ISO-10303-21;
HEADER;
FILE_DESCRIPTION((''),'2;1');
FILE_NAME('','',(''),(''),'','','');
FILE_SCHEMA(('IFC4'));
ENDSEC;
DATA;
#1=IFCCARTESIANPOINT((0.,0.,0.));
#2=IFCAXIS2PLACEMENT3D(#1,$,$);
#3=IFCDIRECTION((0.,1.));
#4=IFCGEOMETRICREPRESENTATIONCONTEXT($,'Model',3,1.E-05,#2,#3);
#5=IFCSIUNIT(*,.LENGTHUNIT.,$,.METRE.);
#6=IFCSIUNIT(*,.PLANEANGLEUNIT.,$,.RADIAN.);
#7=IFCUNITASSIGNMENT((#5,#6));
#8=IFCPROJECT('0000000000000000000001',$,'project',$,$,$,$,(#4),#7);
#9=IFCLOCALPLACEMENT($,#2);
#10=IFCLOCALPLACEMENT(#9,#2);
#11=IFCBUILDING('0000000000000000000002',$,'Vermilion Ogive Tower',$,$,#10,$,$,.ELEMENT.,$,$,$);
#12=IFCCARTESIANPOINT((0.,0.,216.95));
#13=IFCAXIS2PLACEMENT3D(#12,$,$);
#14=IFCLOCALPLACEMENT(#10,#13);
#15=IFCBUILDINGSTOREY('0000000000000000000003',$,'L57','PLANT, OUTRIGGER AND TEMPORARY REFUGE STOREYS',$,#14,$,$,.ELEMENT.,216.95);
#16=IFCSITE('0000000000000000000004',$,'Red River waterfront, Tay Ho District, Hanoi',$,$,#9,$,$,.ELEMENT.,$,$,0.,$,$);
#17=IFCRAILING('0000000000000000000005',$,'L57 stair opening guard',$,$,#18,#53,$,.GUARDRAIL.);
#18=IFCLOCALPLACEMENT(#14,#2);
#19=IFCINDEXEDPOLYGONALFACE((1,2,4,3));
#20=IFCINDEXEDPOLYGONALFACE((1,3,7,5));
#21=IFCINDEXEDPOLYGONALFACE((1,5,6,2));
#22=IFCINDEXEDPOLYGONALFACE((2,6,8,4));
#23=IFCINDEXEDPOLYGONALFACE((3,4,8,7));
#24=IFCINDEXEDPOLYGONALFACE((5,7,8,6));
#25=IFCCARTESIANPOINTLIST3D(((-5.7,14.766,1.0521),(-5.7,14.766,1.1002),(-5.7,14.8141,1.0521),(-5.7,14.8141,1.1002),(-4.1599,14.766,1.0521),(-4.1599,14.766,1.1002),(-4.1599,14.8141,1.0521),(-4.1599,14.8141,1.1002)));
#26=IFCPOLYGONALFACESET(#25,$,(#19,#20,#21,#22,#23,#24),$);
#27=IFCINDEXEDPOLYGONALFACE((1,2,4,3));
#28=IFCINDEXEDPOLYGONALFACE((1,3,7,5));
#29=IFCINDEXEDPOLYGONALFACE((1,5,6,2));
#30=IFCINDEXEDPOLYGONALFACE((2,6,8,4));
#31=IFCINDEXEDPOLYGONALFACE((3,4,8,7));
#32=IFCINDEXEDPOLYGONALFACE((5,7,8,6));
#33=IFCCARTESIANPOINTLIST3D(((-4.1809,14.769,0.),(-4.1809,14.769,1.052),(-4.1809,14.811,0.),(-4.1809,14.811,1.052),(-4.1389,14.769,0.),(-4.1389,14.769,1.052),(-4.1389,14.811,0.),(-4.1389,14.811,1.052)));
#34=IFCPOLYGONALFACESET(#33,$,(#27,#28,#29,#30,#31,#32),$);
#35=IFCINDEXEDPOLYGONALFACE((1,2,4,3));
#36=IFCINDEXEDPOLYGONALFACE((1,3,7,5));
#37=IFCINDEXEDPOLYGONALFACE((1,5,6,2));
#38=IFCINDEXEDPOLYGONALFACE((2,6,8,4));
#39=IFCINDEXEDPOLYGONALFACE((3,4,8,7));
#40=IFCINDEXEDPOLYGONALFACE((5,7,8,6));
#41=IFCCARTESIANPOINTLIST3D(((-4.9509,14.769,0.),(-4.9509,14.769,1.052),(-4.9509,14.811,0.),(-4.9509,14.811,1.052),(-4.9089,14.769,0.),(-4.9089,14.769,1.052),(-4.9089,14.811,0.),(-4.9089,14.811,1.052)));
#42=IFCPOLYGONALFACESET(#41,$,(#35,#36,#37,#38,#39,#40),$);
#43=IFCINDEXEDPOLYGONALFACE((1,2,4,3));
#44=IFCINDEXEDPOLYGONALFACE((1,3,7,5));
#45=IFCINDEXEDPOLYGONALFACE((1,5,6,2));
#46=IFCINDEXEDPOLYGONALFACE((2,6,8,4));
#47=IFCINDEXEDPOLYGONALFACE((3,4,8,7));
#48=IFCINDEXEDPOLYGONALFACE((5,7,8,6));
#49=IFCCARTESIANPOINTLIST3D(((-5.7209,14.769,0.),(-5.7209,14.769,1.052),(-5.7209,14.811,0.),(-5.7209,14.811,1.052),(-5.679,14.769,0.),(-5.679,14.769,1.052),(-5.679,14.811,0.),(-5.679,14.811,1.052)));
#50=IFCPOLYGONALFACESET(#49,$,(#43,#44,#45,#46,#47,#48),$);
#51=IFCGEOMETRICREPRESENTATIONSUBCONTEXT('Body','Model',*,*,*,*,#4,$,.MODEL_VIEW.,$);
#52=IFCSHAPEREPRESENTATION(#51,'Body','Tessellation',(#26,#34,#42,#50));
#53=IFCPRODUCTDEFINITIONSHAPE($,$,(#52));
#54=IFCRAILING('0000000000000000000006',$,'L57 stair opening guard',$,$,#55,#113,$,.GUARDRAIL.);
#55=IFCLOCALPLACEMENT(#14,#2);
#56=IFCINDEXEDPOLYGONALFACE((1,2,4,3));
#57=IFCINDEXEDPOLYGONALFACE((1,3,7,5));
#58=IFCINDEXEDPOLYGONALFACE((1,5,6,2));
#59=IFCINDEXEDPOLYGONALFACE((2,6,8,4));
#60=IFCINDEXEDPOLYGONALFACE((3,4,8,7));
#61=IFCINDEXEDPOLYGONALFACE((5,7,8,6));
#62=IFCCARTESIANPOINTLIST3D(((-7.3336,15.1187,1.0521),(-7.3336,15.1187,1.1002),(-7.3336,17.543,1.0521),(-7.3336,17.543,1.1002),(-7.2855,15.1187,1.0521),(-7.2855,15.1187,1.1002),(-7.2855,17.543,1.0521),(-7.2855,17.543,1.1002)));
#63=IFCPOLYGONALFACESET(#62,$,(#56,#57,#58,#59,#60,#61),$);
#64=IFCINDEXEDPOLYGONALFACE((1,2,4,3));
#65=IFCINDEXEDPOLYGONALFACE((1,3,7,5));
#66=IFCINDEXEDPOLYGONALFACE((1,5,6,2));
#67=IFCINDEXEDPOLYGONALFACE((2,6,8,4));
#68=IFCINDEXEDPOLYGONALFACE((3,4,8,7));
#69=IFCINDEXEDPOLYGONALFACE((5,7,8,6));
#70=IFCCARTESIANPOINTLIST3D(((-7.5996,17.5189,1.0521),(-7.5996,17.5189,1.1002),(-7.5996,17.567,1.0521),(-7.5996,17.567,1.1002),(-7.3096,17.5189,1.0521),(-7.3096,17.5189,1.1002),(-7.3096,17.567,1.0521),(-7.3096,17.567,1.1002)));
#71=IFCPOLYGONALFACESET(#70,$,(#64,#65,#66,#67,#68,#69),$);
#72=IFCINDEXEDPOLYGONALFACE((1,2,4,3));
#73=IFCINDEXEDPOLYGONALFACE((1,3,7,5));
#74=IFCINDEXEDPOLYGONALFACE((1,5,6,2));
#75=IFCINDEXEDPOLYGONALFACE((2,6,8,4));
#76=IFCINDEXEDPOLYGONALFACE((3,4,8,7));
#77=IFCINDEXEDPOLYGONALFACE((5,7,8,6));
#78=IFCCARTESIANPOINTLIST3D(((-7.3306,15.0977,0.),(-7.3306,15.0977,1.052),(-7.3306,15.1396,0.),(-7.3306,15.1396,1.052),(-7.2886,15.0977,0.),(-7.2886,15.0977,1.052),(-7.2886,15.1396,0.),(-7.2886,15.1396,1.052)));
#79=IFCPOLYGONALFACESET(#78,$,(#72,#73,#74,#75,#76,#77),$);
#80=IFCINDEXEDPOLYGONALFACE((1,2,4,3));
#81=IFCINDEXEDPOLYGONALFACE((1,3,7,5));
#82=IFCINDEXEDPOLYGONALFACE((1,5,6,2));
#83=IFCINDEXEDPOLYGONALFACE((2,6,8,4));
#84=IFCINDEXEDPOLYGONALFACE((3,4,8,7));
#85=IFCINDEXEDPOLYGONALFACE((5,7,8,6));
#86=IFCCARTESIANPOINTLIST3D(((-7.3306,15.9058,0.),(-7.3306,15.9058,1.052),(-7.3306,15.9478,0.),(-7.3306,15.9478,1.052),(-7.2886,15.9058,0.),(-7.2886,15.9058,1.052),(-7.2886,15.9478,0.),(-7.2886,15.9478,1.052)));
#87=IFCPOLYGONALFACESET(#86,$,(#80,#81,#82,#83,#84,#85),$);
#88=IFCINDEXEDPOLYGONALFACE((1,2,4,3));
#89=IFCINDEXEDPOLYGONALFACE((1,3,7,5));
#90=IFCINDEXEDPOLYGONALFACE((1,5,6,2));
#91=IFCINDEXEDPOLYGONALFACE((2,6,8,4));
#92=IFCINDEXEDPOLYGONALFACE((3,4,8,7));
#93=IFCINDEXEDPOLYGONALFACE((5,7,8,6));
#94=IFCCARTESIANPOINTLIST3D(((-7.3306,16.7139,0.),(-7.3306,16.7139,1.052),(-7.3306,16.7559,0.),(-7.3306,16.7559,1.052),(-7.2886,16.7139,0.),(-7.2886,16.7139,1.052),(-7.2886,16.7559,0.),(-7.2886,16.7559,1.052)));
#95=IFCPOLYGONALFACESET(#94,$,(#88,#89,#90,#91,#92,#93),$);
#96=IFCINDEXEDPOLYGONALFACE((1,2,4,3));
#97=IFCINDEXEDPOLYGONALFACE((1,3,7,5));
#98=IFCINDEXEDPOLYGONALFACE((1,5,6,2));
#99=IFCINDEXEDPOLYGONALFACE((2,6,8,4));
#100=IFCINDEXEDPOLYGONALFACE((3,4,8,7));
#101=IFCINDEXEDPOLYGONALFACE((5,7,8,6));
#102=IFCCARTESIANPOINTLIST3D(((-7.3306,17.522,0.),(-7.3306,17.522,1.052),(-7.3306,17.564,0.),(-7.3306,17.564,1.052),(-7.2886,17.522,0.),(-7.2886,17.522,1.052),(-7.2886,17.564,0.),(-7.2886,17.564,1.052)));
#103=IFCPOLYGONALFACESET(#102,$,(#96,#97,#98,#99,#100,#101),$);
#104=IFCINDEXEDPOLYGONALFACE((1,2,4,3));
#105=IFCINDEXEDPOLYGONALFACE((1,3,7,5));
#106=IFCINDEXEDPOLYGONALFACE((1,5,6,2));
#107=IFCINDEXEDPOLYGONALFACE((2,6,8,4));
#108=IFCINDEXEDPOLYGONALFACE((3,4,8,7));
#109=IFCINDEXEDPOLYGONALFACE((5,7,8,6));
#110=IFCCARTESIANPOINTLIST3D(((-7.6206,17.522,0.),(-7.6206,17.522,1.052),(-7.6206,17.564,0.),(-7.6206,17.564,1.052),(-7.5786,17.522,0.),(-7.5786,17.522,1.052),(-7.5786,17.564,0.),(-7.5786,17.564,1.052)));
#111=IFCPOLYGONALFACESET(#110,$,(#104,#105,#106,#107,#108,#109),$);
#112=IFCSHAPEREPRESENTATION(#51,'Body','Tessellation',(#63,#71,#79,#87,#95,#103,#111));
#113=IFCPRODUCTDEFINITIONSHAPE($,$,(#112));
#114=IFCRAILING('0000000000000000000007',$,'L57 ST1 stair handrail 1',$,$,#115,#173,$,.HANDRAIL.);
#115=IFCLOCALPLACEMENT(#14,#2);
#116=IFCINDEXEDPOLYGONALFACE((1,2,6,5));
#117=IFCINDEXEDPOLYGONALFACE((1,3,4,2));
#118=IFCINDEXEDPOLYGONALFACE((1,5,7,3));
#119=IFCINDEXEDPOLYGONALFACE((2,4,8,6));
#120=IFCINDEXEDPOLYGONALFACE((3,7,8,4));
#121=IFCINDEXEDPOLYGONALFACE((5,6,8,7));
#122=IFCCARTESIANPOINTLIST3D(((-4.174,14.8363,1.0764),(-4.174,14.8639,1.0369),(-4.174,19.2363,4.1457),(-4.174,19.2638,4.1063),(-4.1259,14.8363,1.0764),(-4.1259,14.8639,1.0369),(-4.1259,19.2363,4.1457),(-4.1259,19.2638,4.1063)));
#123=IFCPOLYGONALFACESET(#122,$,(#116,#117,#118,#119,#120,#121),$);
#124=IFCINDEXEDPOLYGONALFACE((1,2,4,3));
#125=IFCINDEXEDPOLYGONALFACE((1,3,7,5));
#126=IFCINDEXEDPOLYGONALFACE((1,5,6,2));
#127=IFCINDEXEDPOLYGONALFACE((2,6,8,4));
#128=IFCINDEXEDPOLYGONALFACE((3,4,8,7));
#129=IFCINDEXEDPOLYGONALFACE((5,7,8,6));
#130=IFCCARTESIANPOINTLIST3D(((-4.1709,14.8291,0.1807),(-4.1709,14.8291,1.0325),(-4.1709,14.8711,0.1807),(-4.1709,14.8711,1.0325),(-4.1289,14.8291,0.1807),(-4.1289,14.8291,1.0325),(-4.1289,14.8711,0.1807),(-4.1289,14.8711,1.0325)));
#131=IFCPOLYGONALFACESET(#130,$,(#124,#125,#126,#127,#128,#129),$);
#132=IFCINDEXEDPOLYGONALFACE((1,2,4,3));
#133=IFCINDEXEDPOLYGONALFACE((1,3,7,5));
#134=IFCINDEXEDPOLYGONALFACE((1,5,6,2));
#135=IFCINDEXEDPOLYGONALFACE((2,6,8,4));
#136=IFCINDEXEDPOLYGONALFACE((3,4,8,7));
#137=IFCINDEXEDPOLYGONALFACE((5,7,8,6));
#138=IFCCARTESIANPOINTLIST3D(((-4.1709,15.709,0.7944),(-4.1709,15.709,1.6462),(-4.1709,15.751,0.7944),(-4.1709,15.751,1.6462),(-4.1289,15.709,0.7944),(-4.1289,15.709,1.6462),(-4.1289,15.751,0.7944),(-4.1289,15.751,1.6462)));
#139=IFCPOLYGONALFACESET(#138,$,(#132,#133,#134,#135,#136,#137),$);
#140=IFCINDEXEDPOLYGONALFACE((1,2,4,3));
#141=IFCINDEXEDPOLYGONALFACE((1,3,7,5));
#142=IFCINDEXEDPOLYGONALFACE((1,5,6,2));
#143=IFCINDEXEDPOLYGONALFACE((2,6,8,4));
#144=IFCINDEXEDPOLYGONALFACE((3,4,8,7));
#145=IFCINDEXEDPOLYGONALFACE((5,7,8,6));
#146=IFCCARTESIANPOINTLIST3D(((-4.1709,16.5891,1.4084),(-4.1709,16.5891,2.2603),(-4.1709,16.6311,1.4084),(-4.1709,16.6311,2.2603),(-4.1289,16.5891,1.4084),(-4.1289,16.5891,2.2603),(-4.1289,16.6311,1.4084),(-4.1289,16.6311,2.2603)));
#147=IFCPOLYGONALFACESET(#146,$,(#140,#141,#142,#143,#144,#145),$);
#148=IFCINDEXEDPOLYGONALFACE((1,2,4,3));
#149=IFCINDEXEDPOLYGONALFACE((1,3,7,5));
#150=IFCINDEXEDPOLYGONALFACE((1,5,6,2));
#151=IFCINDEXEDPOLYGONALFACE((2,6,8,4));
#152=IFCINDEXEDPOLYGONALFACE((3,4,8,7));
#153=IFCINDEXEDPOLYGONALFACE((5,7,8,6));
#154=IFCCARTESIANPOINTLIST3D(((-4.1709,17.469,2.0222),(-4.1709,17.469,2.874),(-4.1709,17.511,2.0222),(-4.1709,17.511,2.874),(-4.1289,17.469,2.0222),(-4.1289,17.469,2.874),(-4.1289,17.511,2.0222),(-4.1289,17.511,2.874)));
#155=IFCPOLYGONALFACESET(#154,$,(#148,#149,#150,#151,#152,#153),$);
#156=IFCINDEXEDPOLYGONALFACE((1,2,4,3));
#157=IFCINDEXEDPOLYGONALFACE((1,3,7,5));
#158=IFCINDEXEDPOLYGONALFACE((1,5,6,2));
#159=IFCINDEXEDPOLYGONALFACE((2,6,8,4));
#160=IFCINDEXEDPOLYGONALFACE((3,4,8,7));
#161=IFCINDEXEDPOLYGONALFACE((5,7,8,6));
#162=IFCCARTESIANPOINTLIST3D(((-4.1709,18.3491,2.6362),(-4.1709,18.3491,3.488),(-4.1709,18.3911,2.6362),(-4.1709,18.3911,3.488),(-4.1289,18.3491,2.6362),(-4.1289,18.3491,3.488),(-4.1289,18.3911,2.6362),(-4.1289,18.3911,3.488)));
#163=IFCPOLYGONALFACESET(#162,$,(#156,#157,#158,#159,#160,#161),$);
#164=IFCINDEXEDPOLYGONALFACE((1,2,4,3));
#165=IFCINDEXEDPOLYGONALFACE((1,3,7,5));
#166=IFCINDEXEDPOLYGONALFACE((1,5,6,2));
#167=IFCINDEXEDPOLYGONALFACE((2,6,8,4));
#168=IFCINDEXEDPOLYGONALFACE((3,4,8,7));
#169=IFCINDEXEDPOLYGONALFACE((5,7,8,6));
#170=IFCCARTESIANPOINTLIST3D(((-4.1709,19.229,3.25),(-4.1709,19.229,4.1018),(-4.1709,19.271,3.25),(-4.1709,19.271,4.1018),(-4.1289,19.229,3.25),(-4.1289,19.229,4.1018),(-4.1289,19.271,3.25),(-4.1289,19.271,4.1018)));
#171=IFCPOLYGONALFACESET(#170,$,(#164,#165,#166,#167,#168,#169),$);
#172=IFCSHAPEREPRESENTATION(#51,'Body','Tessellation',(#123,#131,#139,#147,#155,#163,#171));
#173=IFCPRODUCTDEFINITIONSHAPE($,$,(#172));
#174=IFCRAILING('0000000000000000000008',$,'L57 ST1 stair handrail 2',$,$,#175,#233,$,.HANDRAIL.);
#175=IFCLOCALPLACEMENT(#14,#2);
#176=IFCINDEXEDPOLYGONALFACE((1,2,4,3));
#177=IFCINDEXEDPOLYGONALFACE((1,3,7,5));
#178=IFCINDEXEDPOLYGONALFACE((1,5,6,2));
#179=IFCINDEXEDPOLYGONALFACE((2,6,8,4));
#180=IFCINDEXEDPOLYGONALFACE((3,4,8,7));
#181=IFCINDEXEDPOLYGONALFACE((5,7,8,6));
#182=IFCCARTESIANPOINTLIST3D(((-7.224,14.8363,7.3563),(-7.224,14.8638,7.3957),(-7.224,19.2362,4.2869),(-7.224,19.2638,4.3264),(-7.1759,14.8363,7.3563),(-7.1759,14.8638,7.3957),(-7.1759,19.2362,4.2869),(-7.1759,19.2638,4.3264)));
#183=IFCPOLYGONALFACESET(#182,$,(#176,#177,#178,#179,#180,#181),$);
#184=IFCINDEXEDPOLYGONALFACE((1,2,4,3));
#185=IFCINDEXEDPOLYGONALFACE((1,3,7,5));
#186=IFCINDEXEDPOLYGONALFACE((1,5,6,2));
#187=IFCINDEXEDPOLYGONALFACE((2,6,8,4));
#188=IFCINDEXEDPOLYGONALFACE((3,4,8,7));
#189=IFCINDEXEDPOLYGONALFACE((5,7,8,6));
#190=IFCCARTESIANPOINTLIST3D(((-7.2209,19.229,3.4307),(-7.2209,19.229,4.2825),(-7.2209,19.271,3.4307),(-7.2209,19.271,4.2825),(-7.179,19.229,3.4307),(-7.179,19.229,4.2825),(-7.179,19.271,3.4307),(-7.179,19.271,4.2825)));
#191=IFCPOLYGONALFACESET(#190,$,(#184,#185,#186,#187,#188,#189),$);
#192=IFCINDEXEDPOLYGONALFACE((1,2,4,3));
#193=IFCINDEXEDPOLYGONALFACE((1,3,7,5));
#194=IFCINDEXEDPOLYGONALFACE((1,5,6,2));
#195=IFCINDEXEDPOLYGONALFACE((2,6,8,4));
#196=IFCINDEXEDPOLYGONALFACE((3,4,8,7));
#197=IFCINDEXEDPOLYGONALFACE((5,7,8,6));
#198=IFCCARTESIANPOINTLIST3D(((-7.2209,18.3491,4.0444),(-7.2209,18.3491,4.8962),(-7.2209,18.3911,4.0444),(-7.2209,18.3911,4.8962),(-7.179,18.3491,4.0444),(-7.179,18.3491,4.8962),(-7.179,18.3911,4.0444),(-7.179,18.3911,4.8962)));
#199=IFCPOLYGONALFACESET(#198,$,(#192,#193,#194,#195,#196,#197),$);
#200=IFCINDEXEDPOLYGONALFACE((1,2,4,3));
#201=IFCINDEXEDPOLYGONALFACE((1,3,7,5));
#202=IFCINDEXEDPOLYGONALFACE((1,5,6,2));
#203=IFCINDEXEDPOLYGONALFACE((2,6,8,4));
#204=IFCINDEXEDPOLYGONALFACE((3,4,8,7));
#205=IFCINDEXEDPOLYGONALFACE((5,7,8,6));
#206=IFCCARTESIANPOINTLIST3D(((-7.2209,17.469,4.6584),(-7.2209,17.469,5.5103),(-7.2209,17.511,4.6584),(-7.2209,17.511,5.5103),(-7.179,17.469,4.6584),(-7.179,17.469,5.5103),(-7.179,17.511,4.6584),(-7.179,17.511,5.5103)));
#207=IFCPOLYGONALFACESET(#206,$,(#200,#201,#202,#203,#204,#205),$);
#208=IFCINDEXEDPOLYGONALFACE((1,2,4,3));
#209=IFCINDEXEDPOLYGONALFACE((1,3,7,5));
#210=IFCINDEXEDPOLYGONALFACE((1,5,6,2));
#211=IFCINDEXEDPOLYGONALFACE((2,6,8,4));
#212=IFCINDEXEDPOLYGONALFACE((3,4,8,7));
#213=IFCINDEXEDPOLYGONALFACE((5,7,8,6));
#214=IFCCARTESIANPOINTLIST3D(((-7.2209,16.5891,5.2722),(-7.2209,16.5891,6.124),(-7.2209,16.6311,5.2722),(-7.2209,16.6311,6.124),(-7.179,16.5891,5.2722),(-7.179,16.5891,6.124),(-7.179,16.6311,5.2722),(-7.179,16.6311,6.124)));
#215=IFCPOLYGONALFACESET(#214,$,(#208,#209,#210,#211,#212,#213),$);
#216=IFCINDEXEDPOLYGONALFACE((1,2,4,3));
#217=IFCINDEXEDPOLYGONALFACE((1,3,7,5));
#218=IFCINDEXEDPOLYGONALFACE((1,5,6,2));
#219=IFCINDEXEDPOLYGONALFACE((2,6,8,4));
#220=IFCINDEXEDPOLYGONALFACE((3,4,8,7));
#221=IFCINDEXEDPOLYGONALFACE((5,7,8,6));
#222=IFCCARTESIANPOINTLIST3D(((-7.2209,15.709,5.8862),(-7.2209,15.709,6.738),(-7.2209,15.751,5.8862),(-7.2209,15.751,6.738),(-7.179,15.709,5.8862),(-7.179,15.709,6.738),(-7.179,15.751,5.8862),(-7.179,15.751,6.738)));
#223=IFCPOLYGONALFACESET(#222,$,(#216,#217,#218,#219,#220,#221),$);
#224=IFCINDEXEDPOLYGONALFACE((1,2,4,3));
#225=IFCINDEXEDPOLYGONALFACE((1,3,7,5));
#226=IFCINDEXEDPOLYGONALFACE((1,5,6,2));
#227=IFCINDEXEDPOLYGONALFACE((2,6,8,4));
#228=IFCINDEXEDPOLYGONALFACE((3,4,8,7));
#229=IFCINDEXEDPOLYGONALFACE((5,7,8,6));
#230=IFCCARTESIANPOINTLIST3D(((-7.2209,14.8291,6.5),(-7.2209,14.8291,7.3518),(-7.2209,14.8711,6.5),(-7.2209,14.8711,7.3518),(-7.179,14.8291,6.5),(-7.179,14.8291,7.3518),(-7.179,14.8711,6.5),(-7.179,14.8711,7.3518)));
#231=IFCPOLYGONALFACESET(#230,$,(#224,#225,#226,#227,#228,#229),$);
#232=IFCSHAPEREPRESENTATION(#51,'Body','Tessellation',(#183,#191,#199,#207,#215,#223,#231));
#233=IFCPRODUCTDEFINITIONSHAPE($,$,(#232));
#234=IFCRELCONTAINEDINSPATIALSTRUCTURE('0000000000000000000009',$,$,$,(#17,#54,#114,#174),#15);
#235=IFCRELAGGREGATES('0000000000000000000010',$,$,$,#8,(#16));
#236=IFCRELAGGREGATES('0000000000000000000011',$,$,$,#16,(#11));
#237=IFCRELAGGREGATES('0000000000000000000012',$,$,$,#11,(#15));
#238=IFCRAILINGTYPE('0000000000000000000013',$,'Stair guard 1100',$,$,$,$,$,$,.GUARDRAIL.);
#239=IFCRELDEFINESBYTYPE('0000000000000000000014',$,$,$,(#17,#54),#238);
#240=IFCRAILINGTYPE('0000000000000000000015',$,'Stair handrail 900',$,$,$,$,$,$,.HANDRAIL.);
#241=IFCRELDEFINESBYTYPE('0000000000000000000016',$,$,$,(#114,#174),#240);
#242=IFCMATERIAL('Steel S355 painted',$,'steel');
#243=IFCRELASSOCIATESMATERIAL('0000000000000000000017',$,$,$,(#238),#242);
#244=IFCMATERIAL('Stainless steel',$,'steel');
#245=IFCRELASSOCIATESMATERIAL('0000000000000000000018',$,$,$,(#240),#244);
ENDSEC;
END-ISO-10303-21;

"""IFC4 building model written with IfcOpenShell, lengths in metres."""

from ifc_helpers import new_model, si_unit, direction, frame, origin, origin_2d, place, context, subcontext, project, spatial, rectangle, extrude, material, type_object, element, save


model = new_model("IFC4")

# Units and contexts
model_context = context("Model", 3, precision=1e-05, world=origin(), true_north=direction((0.0, 1.0)))
body_context = subcontext(model_context, "Body", "Model", "MODEL_VIEW")
ifc_project = project(units=[si_unit("LENGTHUNIT", "METRE"), si_unit("PLANEANGLEUNIT", "RADIAN")], contexts=[model_context])

# Site, building, storey
site_placement = place(None, origin())
site = spatial("IfcSite", under=ifc_project, at=site_placement, Name="Red River waterfront, Tay Ho District, Hanoi", CompositionType="ELEMENT", RefElevation=0.0)
building_placement = place(site_placement, origin())
building = spatial("IfcBuilding", under=site, at=building_placement, Name="Vermilion Ogive Tower", CompositionType="ELEMENT")
storey_placement = place(building_placement, frame((0.0, 0.0, 216.95)))
storey = spatial("IfcBuildingStorey", under=building, at=storey_placement, Name="L57", Description="PLANT, OUTRIGGER AND TEMPORARY REFUGE STOREYS", CompositionType="ELEMENT", Elevation=216.95)

# Railings
ifc_material_1 = material(Name="Steel S355 painted", Category="steel")
railing_type_1 = type_object("IfcRailingType", Name="Stair guard 1100", PredefinedType="GUARDRAIL", material=ifc_material_1)
railing_1_placement = place(storey_placement, frame((-4.1599, 14.79, 0.0)))
element("IfcRailing", 1, at=railing_1_placement, inside=storey, type_object=railing_type_1, Name="L57 stair opening guard", PredefinedType="GUARDRAIL", context=body_context, shape_type="SweptSolid", body=[
    extrude(rectangle(XDim=0.0481, YDim=0.0481, at=origin_2d()), frame((0.0, 0.0, 1.0762), z_axis=(-1.0, 0.0, 0.0), x_axis=(0.0, -1.0, 0.0)), (0.0, 0.0, 1.0), 1.54),
    extrude(rectangle(XDim=0.042, YDim=0.042, at=origin_2d()), origin(), (0.0, 0.0, 1.0), 1.052),
    extrude(rectangle(XDim=0.042, YDim=0.042, at=origin_2d()), frame((-0.77, 0.0, 0.0)), (0.0, 0.0, 1.0), 1.052),
    extrude(rectangle(XDim=0.042, YDim=0.042, at=origin_2d()), frame((-1.54, 0.0, 0.0)), (0.0, 0.0, 1.0), 1.052),
])
railing_2_placement = place(storey_placement, frame((-7.3096, 15.1187, 0.0)))
element("IfcRailing", 2, at=railing_2_placement, inside=storey, type_object=railing_type_1, Name="L57 stair opening guard", PredefinedType="GUARDRAIL", context=body_context, shape_type="SweptSolid", body=[
    extrude(rectangle(XDim=0.0481, YDim=0.0481, at=origin_2d()), frame((0.0, 0.0, 1.0762), z_axis=(0.0, 1.0, 0.0), x_axis=(-1.0, 0.0, 0.0)), (0.0, 0.0, 1.0), 2.4243),
    extrude(rectangle(XDim=0.0481, YDim=0.0481, at=origin_2d()), frame((0.0, 2.4243, 1.0762), z_axis=(-1.0, 0.0, 0.0), x_axis=(0.0, -1.0, 0.0)), (0.0, 0.0, 1.0), 0.29),
    extrude(rectangle(XDim=0.042, YDim=0.042, at=origin_2d()), origin(), (0.0, 0.0, 1.0), 1.052),
    extrude(rectangle(XDim=0.042, YDim=0.042, at=origin_2d()), frame((0.0, 0.8081, 0.0)), (0.0, 0.0, 1.0), 1.052),
    extrude(rectangle(XDim=0.042, YDim=0.042, at=origin_2d()), frame((0.0, 1.6162, 0.0)), (0.0, 0.0, 1.0), 1.052),
    extrude(rectangle(XDim=0.042, YDim=0.042, at=origin_2d()), frame((0.0, 2.4243, 0.0)), (0.0, 0.0, 1.0), 1.052),
    extrude(rectangle(XDim=0.042, YDim=0.042, at=origin_2d()), frame((-0.29, 2.4243, 0.0)), (0.0, 0.0, 1.0), 1.052),
])
ifc_material_2 = material(Name="Stainless steel", Category="steel")
railing_type_2 = type_object("IfcRailingType", Name="Stair handrail 900", PredefinedType="HANDRAIL", material=ifc_material_2)
railing_3_placement = place(storey_placement, frame((-4.1499, 14.8501, 0.1807)))
element("IfcRailing", 3, at=railing_3_placement, inside=storey, type_object=railing_type_2, Name="L57 ST1 stair handrail 1", PredefinedType="HANDRAIL", context=body_context, shape_type="SweptSolid", body=[
    extrude(rectangle(XDim=0.0481, YDim=0.0481, at=origin_2d()), frame((0.0, 0.0, 0.876), z_axis=(0.0, 0.820159, 0.572136), x_axis=(-1.0, 0.0, 0.0)), (0.0, 0.0, 1.0), 5.3647),
    extrude(rectangle(XDim=0.042, YDim=0.042, at=origin_2d()), origin(), (0.0, 0.0, 1.0), 0.8518),
    extrude(rectangle(XDim=0.042, YDim=0.042, at=origin_2d()), frame((0.0, 0.8799, 0.6138)), (0.0, 0.0, 1.0), 0.8518),
    extrude(rectangle(XDim=0.042, YDim=0.042, at=origin_2d()), frame((0.0, 1.76, 1.2278)), (0.0, 0.0, 1.0), 0.8518),
    extrude(rectangle(XDim=0.042, YDim=0.042, at=origin_2d()), frame((0.0, 2.6399, 1.8416)), (0.0, 0.0, 1.0), 0.8518),
    extrude(rectangle(XDim=0.042, YDim=0.042, at=origin_2d()), frame((0.0, 3.52, 2.4556)), (0.0, 0.0, 1.0), 0.8518),
    extrude(rectangle(XDim=0.042, YDim=0.042, at=origin_2d()), frame((0.0, 4.3999, 3.0693)), (0.0, 0.0, 1.0), 0.8518),
])
railing_4_placement = place(storey_placement, frame((-7.2, 19.25, 3.4307)))
element("IfcRailing", 4, at=railing_4_placement, inside=storey, type_object=railing_type_2, Name="L57 ST1 stair handrail 2", PredefinedType="HANDRAIL", context=body_context, shape_type="SweptSolid", body=[
    extrude(rectangle(XDim=0.0481, YDim=0.0481, at=origin_2d()), frame((0.0, 0.0, 0.876), z_axis=(0.0, -0.820159, 0.572136), x_axis=(1.0, 0.0, 0.0)), (0.0, 0.0, 1.0), 5.3647),
    extrude(rectangle(XDim=0.042, YDim=0.042, at=origin_2d()), origin(), (0.0, 0.0, 1.0), 0.8518),
    extrude(rectangle(XDim=0.042, YDim=0.042, at=origin_2d()), frame((0.0, -0.8799, 0.6138)), (0.0, 0.0, 1.0), 0.8518),
    extrude(rectangle(XDim=0.042, YDim=0.042, at=origin_2d()), frame((0.0, -1.76, 1.2278)), (0.0, 0.0, 1.0), 0.8518),
    extrude(rectangle(XDim=0.042, YDim=0.042, at=origin_2d()), frame((0.0, -2.6399, 1.8416)), (0.0, 0.0, 1.0), 0.8518),
    extrude(rectangle(XDim=0.042, YDim=0.042, at=origin_2d()), frame((0.0, -3.52, 2.4556)), (0.0, 0.0, 1.0), 0.8518),
    extrude(rectangle(XDim=0.042, YDim=0.042, at=origin_2d()), frame((0.0, -4.3999, 3.0693)), (0.0, 0.0, 1.0), 0.8518),
])

save(model, "model.ifc")
